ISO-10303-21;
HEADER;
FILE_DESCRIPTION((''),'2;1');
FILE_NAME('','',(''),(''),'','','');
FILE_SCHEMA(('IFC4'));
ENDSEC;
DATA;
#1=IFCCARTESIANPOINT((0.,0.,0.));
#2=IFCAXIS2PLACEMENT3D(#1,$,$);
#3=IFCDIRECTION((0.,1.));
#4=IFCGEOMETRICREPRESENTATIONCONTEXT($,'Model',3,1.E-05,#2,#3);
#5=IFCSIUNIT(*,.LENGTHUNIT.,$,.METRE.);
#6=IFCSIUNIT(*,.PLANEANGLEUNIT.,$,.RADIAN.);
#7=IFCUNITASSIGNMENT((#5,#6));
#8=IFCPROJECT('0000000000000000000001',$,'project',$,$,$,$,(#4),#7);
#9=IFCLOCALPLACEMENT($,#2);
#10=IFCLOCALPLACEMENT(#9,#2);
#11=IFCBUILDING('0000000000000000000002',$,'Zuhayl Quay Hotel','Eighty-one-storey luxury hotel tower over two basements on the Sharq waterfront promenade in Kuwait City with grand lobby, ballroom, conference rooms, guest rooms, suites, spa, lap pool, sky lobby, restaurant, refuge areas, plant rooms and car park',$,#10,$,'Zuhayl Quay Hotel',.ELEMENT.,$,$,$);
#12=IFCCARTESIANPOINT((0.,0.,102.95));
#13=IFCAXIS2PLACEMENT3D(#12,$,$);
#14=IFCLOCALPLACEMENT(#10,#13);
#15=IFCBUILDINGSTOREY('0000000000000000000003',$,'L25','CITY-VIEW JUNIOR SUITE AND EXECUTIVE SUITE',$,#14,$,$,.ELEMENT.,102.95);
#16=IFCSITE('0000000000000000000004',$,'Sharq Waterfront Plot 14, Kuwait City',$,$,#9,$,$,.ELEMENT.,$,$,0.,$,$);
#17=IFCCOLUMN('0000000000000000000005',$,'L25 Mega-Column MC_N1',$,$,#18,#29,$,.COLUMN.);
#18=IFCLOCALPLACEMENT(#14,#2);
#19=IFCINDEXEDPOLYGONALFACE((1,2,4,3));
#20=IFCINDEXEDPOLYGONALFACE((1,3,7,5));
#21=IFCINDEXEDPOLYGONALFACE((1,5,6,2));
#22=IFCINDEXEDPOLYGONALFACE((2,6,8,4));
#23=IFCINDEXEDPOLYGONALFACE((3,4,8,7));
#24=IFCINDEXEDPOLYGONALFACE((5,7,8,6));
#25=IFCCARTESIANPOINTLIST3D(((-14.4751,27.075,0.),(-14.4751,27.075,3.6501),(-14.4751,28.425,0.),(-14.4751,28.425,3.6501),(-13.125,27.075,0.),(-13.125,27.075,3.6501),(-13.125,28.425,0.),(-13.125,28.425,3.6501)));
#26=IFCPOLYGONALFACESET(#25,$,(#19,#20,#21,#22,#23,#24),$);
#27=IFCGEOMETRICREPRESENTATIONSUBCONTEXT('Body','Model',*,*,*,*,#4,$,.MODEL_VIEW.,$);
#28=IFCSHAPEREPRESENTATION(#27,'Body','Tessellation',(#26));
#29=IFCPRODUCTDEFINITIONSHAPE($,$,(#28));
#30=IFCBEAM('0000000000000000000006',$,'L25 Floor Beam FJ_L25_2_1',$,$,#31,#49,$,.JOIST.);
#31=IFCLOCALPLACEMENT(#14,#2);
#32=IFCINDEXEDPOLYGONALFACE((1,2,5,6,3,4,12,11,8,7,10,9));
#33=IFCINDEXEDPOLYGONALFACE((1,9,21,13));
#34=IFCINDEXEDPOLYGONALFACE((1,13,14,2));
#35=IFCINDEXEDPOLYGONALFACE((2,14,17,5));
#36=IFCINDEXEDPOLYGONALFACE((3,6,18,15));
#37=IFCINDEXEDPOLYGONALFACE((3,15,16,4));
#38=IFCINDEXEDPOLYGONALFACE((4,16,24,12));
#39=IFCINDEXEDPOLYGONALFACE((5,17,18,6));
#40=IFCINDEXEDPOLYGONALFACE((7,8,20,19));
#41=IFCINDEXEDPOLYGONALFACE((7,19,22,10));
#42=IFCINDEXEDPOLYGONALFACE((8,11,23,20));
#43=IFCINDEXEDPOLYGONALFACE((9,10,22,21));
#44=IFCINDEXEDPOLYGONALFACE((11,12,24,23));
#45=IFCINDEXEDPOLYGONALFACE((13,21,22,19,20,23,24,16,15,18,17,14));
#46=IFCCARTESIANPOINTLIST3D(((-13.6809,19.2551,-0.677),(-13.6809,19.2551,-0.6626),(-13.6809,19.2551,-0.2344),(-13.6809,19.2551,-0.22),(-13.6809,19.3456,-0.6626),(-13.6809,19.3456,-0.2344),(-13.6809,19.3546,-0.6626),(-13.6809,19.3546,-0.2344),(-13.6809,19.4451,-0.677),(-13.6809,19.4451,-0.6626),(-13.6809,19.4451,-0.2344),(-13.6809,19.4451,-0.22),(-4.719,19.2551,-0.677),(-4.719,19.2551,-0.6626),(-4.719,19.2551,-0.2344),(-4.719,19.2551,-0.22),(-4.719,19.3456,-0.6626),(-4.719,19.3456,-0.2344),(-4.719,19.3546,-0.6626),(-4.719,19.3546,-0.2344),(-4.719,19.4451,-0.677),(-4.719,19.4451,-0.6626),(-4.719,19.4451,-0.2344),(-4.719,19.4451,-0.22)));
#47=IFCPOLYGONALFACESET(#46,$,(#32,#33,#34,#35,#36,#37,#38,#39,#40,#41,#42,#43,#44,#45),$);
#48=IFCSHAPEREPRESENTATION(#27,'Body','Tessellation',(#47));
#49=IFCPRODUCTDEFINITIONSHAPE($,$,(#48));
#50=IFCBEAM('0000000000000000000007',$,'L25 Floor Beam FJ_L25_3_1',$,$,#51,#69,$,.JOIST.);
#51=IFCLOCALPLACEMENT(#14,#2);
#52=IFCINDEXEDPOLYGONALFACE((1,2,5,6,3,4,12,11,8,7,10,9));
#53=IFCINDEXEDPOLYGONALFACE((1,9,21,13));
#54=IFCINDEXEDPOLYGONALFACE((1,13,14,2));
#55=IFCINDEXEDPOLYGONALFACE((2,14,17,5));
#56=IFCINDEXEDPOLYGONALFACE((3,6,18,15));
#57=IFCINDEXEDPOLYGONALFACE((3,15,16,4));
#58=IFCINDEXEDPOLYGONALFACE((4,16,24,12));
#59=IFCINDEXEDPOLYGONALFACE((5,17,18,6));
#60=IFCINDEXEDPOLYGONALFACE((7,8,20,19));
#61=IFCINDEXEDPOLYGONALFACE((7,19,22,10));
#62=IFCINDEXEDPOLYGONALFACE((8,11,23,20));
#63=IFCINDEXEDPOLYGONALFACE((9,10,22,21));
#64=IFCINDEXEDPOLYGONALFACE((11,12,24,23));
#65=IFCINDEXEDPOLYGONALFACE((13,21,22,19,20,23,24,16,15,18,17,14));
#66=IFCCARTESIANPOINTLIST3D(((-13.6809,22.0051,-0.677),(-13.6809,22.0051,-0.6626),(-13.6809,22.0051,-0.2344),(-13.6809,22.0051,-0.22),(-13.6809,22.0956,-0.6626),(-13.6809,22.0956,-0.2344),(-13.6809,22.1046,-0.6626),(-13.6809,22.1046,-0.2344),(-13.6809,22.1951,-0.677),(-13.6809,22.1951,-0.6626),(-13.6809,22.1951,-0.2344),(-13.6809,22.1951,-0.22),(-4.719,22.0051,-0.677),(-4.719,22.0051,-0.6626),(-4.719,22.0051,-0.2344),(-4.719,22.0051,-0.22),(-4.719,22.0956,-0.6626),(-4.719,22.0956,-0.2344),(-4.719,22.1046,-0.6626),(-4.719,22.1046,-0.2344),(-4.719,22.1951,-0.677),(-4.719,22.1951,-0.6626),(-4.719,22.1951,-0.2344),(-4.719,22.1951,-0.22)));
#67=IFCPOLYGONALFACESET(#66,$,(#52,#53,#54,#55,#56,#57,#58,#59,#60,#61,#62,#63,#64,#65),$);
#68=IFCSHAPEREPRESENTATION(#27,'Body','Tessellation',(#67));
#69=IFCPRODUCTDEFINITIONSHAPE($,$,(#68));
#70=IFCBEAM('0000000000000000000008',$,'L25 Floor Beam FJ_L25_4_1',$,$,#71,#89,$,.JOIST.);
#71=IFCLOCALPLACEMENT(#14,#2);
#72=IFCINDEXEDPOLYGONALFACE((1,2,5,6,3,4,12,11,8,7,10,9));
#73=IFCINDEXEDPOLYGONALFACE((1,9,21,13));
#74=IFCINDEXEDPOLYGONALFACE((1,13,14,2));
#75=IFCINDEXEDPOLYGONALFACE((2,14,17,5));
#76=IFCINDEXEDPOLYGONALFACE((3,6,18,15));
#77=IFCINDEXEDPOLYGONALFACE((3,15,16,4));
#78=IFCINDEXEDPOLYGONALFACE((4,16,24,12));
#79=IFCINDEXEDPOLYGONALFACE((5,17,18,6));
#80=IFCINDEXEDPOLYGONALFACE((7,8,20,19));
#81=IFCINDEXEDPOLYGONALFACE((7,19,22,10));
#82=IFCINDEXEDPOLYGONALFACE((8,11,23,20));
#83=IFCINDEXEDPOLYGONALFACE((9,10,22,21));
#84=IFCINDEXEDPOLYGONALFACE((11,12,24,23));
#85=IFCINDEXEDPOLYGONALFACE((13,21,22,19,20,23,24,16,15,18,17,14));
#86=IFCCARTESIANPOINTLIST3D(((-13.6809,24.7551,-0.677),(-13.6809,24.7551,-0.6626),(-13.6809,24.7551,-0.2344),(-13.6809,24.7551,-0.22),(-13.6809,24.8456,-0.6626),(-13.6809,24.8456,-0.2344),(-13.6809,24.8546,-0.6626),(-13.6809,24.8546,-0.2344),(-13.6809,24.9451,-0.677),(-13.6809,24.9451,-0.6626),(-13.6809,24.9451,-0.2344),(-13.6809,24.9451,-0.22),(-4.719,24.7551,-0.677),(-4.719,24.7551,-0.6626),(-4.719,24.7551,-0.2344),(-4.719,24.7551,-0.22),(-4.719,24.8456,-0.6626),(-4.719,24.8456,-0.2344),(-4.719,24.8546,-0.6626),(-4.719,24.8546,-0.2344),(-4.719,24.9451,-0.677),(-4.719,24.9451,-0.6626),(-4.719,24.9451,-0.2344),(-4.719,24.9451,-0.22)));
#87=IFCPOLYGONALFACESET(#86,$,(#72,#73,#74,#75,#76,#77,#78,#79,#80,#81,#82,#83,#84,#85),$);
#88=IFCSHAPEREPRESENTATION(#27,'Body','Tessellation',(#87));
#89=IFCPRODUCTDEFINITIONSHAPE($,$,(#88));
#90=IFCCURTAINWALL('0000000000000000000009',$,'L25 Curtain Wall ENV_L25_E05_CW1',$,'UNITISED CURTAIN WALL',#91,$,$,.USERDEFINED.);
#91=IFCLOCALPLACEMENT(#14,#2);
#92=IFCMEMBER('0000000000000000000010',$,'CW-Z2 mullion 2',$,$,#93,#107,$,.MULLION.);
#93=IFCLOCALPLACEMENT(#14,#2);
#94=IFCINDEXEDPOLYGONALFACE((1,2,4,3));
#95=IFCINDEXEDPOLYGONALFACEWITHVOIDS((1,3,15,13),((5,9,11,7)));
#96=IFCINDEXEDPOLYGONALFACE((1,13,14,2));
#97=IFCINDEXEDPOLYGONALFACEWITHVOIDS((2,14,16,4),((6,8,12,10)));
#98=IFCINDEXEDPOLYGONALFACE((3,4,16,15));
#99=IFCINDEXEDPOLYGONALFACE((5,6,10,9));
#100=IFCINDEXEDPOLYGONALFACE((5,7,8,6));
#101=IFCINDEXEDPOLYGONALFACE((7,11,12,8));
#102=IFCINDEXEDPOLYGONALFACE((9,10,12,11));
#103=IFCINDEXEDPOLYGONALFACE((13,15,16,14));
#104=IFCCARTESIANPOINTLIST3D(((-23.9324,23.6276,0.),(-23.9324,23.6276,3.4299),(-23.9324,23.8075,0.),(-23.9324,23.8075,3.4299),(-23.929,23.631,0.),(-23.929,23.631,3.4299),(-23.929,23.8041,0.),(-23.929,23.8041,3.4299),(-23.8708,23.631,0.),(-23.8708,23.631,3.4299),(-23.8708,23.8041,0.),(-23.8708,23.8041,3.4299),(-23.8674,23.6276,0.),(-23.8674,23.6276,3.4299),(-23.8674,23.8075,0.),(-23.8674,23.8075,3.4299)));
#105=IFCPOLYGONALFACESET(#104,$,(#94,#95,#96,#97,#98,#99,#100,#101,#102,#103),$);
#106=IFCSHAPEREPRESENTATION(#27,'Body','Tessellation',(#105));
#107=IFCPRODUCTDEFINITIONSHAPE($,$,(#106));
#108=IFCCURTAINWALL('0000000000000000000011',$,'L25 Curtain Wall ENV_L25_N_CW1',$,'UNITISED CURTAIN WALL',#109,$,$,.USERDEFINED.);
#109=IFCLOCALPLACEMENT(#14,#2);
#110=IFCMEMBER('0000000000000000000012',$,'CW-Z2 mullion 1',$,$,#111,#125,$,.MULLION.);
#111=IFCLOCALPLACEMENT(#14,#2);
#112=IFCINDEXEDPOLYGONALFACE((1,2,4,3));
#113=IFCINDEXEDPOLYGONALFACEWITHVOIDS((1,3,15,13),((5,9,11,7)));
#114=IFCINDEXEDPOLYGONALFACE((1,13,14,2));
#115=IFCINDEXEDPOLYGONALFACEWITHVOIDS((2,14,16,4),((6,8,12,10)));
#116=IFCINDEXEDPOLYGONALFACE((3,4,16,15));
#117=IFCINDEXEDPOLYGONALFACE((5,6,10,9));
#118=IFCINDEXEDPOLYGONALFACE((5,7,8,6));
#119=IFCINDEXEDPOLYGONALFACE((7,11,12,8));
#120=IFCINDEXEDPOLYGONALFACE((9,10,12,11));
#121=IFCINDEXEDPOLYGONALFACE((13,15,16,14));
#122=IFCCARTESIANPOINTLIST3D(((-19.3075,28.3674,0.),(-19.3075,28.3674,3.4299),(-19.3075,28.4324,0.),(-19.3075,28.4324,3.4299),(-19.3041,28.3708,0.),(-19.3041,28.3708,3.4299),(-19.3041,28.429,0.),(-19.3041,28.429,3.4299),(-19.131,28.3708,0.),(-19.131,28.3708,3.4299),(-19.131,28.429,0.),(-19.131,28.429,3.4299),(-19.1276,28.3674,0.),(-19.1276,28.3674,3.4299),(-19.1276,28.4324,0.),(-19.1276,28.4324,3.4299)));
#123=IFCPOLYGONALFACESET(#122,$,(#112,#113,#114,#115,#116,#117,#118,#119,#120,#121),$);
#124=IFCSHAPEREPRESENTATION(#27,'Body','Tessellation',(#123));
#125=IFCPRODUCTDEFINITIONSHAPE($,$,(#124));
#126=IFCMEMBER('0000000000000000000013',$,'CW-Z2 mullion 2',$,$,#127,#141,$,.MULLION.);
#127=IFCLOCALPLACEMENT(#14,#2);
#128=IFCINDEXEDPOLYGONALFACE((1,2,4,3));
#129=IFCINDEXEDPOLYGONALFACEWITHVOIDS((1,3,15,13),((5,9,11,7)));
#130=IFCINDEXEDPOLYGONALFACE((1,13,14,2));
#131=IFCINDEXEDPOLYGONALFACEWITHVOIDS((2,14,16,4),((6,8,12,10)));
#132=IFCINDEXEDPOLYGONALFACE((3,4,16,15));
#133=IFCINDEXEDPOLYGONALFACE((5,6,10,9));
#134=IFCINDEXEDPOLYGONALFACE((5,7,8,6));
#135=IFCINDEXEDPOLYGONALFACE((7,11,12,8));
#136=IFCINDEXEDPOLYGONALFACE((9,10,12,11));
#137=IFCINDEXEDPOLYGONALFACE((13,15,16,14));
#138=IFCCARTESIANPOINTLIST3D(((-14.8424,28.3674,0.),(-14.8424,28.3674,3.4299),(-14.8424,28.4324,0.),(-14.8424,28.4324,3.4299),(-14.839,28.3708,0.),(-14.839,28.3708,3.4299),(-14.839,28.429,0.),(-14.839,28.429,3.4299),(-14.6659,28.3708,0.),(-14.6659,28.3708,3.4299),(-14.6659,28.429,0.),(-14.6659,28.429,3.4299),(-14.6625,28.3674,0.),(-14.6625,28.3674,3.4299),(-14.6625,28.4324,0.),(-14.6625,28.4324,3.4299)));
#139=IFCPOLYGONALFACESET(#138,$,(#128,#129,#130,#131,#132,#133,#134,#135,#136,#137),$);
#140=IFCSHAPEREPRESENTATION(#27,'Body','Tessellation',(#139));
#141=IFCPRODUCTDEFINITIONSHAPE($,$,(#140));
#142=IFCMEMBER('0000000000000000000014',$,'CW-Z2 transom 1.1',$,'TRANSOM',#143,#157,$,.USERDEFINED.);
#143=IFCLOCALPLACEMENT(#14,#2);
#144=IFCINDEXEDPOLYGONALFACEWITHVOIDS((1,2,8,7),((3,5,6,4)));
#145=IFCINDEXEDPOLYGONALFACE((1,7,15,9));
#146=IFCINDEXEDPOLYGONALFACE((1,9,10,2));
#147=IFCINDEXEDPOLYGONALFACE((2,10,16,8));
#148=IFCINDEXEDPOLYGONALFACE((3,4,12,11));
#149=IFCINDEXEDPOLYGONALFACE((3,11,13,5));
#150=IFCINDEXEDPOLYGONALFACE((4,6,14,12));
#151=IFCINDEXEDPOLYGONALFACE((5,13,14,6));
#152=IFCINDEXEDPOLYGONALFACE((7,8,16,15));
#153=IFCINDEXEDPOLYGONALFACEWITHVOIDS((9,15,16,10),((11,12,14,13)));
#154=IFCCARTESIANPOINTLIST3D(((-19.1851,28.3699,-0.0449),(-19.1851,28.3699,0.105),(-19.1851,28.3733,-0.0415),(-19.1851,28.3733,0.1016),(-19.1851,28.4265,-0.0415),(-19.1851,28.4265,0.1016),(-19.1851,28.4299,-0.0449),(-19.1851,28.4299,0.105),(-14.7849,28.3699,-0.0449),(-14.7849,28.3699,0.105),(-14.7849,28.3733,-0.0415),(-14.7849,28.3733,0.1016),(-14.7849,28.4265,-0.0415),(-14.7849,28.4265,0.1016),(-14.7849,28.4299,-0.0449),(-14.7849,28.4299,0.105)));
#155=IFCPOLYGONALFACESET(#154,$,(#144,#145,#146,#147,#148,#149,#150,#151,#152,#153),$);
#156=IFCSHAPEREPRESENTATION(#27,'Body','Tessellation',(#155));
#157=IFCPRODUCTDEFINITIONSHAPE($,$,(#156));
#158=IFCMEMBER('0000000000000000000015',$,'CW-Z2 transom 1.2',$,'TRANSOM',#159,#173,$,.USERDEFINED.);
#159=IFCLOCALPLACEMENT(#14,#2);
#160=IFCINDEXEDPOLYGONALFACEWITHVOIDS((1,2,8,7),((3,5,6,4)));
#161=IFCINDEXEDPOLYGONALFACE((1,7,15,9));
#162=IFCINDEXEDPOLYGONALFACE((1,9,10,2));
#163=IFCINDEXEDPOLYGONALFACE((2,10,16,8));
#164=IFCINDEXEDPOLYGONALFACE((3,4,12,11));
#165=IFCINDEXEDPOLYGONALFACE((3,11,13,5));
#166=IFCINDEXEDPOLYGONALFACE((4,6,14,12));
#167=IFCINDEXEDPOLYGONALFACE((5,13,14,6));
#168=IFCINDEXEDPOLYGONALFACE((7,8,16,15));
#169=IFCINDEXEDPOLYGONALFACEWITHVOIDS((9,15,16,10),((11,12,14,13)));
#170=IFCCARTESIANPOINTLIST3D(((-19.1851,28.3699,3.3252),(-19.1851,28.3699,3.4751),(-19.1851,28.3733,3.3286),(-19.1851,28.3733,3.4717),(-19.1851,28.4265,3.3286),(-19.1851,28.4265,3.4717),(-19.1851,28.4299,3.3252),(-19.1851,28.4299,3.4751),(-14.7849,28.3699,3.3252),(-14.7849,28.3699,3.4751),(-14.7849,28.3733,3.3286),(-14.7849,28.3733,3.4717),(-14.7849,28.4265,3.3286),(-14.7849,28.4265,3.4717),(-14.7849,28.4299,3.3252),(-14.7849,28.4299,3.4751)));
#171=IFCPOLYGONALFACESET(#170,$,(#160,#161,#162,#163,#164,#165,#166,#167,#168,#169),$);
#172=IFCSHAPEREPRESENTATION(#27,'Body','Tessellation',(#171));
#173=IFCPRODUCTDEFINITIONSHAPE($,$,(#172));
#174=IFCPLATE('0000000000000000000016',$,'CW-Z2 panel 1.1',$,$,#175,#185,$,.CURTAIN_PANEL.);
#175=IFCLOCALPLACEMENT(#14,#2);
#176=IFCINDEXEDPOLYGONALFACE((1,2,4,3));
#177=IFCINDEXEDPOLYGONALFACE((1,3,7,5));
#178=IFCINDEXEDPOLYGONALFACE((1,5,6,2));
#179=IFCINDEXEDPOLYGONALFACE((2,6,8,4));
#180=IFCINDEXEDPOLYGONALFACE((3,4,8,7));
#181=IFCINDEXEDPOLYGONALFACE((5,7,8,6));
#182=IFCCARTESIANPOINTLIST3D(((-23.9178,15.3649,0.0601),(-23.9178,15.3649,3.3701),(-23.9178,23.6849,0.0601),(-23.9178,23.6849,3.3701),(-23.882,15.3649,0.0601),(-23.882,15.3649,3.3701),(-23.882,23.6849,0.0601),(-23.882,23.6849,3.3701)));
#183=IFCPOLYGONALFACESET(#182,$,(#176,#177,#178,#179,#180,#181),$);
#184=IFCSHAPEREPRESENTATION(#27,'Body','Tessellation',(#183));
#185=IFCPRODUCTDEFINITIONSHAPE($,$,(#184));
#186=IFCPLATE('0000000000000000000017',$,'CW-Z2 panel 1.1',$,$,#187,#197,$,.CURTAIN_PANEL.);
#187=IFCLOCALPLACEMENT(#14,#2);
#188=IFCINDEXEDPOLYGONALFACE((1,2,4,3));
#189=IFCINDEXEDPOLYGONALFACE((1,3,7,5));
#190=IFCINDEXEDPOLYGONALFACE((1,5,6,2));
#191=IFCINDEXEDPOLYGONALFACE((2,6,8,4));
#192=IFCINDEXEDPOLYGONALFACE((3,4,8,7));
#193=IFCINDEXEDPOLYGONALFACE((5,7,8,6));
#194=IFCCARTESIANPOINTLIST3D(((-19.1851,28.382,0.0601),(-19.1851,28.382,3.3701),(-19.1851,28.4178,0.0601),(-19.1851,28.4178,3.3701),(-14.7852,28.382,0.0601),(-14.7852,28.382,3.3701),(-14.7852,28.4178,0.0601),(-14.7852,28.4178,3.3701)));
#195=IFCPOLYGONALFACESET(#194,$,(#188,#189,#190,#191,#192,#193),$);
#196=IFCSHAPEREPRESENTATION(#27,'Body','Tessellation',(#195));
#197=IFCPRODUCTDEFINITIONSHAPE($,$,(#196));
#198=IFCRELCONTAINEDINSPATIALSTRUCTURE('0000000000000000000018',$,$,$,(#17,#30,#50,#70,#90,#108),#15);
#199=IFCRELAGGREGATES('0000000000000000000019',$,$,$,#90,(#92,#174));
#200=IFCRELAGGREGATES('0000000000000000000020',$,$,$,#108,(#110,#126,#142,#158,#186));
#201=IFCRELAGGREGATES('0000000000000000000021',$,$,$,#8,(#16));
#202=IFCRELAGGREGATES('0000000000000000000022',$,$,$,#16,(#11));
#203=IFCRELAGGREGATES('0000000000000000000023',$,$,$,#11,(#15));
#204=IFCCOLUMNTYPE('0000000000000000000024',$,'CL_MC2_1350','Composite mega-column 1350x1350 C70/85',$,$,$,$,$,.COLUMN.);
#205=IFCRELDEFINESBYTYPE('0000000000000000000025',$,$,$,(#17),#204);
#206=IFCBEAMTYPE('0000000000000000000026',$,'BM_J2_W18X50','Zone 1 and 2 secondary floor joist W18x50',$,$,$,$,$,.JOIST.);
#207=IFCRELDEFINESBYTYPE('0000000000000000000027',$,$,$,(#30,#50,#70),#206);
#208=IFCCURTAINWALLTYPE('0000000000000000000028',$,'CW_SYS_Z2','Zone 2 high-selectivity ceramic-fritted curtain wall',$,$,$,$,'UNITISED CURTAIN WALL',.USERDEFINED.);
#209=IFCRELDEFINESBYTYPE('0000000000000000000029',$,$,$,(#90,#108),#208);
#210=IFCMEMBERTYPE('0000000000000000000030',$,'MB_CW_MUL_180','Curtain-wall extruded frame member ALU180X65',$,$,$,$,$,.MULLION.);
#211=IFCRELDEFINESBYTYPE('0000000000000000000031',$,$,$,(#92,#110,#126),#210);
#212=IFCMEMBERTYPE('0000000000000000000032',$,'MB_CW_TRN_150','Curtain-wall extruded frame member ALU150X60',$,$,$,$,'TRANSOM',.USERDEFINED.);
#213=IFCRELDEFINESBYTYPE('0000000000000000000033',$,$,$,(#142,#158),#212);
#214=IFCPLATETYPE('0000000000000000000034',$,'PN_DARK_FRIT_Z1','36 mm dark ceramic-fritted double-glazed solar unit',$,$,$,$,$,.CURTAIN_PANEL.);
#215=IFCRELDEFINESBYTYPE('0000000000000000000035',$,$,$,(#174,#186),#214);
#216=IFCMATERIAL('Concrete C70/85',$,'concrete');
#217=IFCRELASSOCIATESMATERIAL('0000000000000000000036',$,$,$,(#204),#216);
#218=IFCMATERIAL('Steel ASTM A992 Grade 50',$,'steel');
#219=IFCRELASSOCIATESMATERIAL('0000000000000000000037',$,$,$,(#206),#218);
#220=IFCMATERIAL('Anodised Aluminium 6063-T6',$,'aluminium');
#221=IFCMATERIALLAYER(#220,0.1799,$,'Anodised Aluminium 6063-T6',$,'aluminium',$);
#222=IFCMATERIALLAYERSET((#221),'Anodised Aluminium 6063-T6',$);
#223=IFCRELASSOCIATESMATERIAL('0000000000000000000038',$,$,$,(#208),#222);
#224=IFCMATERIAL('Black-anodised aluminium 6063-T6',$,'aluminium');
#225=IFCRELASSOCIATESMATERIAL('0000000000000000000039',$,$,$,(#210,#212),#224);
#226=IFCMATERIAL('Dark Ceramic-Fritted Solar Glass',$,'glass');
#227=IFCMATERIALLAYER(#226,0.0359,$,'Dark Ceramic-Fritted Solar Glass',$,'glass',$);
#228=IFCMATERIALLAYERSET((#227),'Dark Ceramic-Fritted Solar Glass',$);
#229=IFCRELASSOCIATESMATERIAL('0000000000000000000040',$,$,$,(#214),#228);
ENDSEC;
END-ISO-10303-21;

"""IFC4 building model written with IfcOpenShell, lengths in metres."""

from ifc_helpers import new_model, si_unit, direction, frame, origin, origin_2d, place, context, subcontext, project, spatial, rectangle, hollow_rectangle, i_section, extrude, material, layer, layer_set, material_profile, profile_set, type_object, element, aggregate, save


model = new_model("IFC4")

# Units and contexts
model_context = context("Model", 3, precision=1e-05, world=origin(), true_north=direction((0.0, 1.0)))
body_context = subcontext(model_context, "Body", "Model", "MODEL_VIEW")
ifc_project = project(units=[si_unit("LENGTHUNIT", "METRE"), si_unit("PLANEANGLEUNIT", "RADIAN")], contexts=[model_context])

# Site, building, storey
site_placement = place(None, origin())
site = spatial("IfcSite", under=ifc_project, at=site_placement, Name="Sharq Waterfront Plot 14, Kuwait City", CompositionType="ELEMENT", RefElevation=0.0)
building_placement = place(site_placement, origin())
building = spatial("IfcBuilding", under=site, at=building_placement, Name="Zuhayl Quay Hotel", Description="Eighty-one-storey luxury hotel tower over two basements on the Sharq waterfront promenade in Kuwait City with grand lobby, ballroom, conference rooms, guest rooms, suites, spa, lap pool, sky lobby, restaurant, refuge areas, plant rooms and car park", LongName="Zuhayl Quay Hotel", CompositionType="ELEMENT")
storey_placement = place(building_placement, frame((0.0, 0.0, 102.95)))
storey = spatial("IfcBuildingStorey", under=building, at=storey_placement, Name="L25", Description="CITY-VIEW JUNIOR SUITE AND EXECUTIVE SUITE", CompositionType="ELEMENT", Elevation=102.95)

# Column
ifc_material_1 = material(Name="Concrete C70/85", Category="concrete")
ifc_material_profile_1 = material_profile(ifc_material_1, rectangle(XDim=1.3501, YDim=1.3501, at=origin_2d()), Name="RC1350X1350")
ifc_profile_set_1 = profile_set([ifc_material_profile_1], Name="Concrete C70/85")
column_type = type_object("IfcColumnType", Name="CL_MC2_1350", Description="Composite mega-column 1350x1350 C70/85", PredefinedType="COLUMN", material=ifc_profile_set_1)
column_placement = place(storey_placement, frame((-13.8, 27.75, 0.0), z_axis=(0.0, 0.0, 1.0), x_axis=(1.0, 0.0, 0.0)))
element("IfcColumn", 1, at=column_placement, inside=storey, type_object=column_type, Name="L25 Mega-Column MC_N1", PredefinedType="COLUMN", context=body_context, shape_type="SweptSolid", body=[
    extrude(rectangle(XDim=1.3501, YDim=1.3501, at=origin_2d()), origin(), (0.0, 0.0, 1.0), 3.6501),
])

# Beams
ifc_material_2 = material(Name="Steel ASTM A992 Grade 50", Category="steel")
ifc_material_profile_2 = material_profile(ifc_material_2, i_section(OverallWidth=0.1899, OverallDepth=0.457, WebThickness=0.009, FlangeThickness=0.0144, at=origin_2d()), Name="W18X50")
ifc_profile_set_2 = profile_set([ifc_material_profile_2], Name="Steel ASTM A992 Grade 50")
beam_type = type_object("IfcBeamType", Name="BM_J2_W18X50", Description="Zone 1 and 2 secondary floor joist W18x50", PredefinedType="JOIST", material=ifc_profile_set_2)
for number, where, z_axis, x_axis, name in (
    (2, (-13.6809, 19.3501, -0.4485), (1.0, 0.0, 0.0), (0.0, 1.0, 0.0), "L25 Floor Beam FJ_L25_2_1"),
    (3, (-13.6809, 22.1001, -0.4485), (1.0, 0.0, 0.0), (0.0, 1.0, 0.0), "L25 Floor Beam FJ_L25_3_1"),
    (4, (-13.6809, 24.8501, -0.4485), (1.0, 0.0, 0.0), (0.0, 1.0, 0.0), "L25 Floor Beam FJ_L25_4_1"),
):
    element("IfcBeam", number, at=place(storey_placement, frame(where, z_axis=z_axis, x_axis=x_axis)), inside=storey, type_object=beam_type, Name=name, PredefinedType="JOIST", context=body_context, shape_type="SweptSolid", body=[
        extrude(i_section(OverallWidth=0.1899, OverallDepth=0.457, WebThickness=0.009, FlangeThickness=0.0144, at=origin_2d()), origin(), (0.0, 0.0, 1.0), 8.9619),
    ])

# Curtain wall, member
ifc_material_3 = material(Name="Anodised Aluminium 6063-T6", Category="aluminium")
ifc_layer_1 = layer(ifc_material_3, 0.1799, Name="Anodised Aluminium 6063-T6", Category="aluminium")
ifc_layer_set_1 = layer_set([ifc_layer_1], Name="Anodised Aluminium 6063-T6")
curtain_wall_type = type_object("IfcCurtainWallType", Name="CW_SYS_Z2", Description="Zone 2 high-selectivity ceramic-fritted curtain wall", ElementType="UNITISED CURTAIN WALL", PredefinedType="USERDEFINED", material=ifc_layer_set_1)
curtain_wall_1_placement = place(storey_placement, origin())
curtain_wall_1 = element("IfcCurtainWall", 5, at=curtain_wall_1_placement, inside=storey, type_object=curtain_wall_type, Name="L25 Curtain Wall ENV_L25_E05_CW1", ObjectType="UNITISED CURTAIN WALL", PredefinedType="USERDEFINED")
ifc_material_4 = material(Name="Black-anodised aluminium 6063-T6", Category="aluminium")
ifc_material_profile_3 = material_profile(ifc_material_4, hollow_rectangle(XDim=0.0649, YDim=0.1799, WallThickness=0.0034, at=origin_2d()), Name="ALU180X65")
ifc_profile_set_3 = profile_set([ifc_material_profile_3], Name="Black-anodised aluminium 6063-T6")
member_type_1 = type_object("IfcMemberType", Name="MB_CW_MUL_180", Description="Curtain-wall extruded frame member ALU180X65", PredefinedType="MULLION", material=ifc_profile_set_3)
member_1_placement = place(storey_placement, frame((-23.8999, 23.7175, 0.0), z_axis=(0.0, 0.0, 1.0), x_axis=(-1.0, 0.0, 0.0)))
member_1 = element("IfcMember", 6, at=member_1_placement, type_object=member_type_1, Name="CW-Z2 mullion 2", PredefinedType="MULLION", context=body_context, shape_type="SweptSolid", body=[
    extrude(hollow_rectangle(XDim=0.0649, YDim=0.1799, WallThickness=0.0034, at=origin_2d()), origin(), (0.0, 0.0, 1.0), 3.4299),
])

# Curtain wall, members
curtain_wall_2_placement = place(storey_placement, origin())
curtain_wall_2 = element("IfcCurtainWall", 7, at=curtain_wall_2_placement, inside=storey, type_object=curtain_wall_type, Name="L25 Curtain Wall ENV_L25_N_CW1", ObjectType="UNITISED CURTAIN WALL", PredefinedType="USERDEFINED")
member_2_placement = place(storey_placement, frame((-19.2175, 28.3999, 0.0), z_axis=(0.0, 0.0, 1.0), x_axis=(0.0, 1.0, 0.0)))
member_2 = element("IfcMember", 8, at=member_2_placement, type_object=member_type_1, Name="CW-Z2 mullion 1", PredefinedType="MULLION", context=body_context, shape_type="SweptSolid", body=[
    extrude(hollow_rectangle(XDim=0.0649, YDim=0.1799, WallThickness=0.0034, at=origin_2d()), origin(), (0.0, 0.0, 1.0), 3.4299),
])
member_3_placement = place(storey_placement, frame((-14.7524, 28.3999, 0.0), z_axis=(0.0, 0.0, 1.0), x_axis=(0.0, 1.0, 0.0)))
member_3 = element("IfcMember", 9, at=member_3_placement, type_object=member_type_1, Name="CW-Z2 mullion 2", PredefinedType="MULLION", context=body_context, shape_type="SweptSolid", body=[
    extrude(hollow_rectangle(XDim=0.0649, YDim=0.1799, WallThickness=0.0034, at=origin_2d()), origin(), (0.0, 0.0, 1.0), 3.4299),
])
ifc_material_profile_4 = material_profile(ifc_material_4, hollow_rectangle(XDim=0.0601, YDim=0.1499, WallThickness=0.0034, at=origin_2d()), Name="ALU150X60")
ifc_profile_set_4 = profile_set([ifc_material_profile_4], Name="Black-anodised aluminium 6063-T6")
member_type_2 = type_object("IfcMemberType", Name="MB_CW_TRN_150", Description="Curtain-wall extruded frame member ALU150X60", ElementType="TRANSOM", PredefinedType="USERDEFINED", material=ifc_profile_set_4)
member_4_placement = place(storey_placement, frame((-19.1851, 28.3999, 0.03), z_axis=(1.0, 0.0, 0.0), x_axis=(0.0, 1.0, 0.0)))
member_4 = element("IfcMember", 10, at=member_4_placement, type_object=member_type_2, Name="CW-Z2 transom 1.1", ObjectType="TRANSOM", PredefinedType="USERDEFINED", context=body_context, shape_type="SweptSolid", body=[
    extrude(hollow_rectangle(XDim=0.0601, YDim=0.1499, WallThickness=0.0034, at=origin_2d()), origin(), (0.0, 0.0, 1.0), 4.4001),
])
member_5_placement = place(storey_placement, frame((-19.1851, 28.3999, 3.4001), z_axis=(1.0, 0.0, 0.0), x_axis=(0.0, 1.0, 0.0)))
member_5 = element("IfcMember", 11, at=member_5_placement, type_object=member_type_2, Name="CW-Z2 transom 1.2", ObjectType="TRANSOM", PredefinedType="USERDEFINED", context=body_context, shape_type="SweptSolid", body=[
    extrude(hollow_rectangle(XDim=0.0601, YDim=0.1499, WallThickness=0.0034, at=origin_2d()), origin(), (0.0, 0.0, 1.0), 4.4001),
])

# Plates
ifc_material_5 = material(Name="Dark Ceramic-Fritted Solar Glass", Category="glass")
ifc_layer_2 = layer(ifc_material_5, 0.0359, Name="Dark Ceramic-Fritted Solar Glass", Category="glass")
ifc_layer_set_2 = layer_set([ifc_layer_2], Name="Dark Ceramic-Fritted Solar Glass")
plate_type = type_object("IfcPlateType", Name="PN_DARK_FRIT_Z1", Description="36 mm dark ceramic-fritted double-glazed solar unit", PredefinedType="CURTAIN_PANEL", material=ifc_layer_set_2)
plate_1_placement = place(storey_placement, frame((-23.8999, 19.5249, 0.0601), z_axis=(0.0, 0.0, 1.0), x_axis=(0.0, 1.0, 0.0)))
plate_1 = element("IfcPlate", 12, at=plate_1_placement, type_object=plate_type, Name="CW-Z2 panel 1.1", PredefinedType="CURTAIN_PANEL", context=body_context, shape_type="SweptSolid", body=[
    extrude(rectangle(XDim=8.3201, YDim=0.0359, at=origin_2d()), origin(), (0.0, 0.0, 1.0), 3.3101),
])
aggregate(curtain_wall_1, [member_1, plate_1])
plate_2_placement = place(storey_placement, frame((-16.9851, 28.3999, 0.0601), z_axis=(0.0, 0.0, 1.0), x_axis=(1.0, 0.0, 0.0)))
plate_2 = element("IfcPlate", 13, at=plate_2_placement, type_object=plate_type, Name="CW-Z2 panel 1.1", PredefinedType="CURTAIN_PANEL", context=body_context, shape_type="SweptSolid", body=[
    extrude(rectangle(XDim=4.3999, YDim=0.0359, at=origin_2d()), origin(), (0.0, 0.0, 1.0), 3.3101),
])
aggregate(curtain_wall_2, [member_2, member_3, member_4, member_5, plate_2])

save(model, "model.ifc")
